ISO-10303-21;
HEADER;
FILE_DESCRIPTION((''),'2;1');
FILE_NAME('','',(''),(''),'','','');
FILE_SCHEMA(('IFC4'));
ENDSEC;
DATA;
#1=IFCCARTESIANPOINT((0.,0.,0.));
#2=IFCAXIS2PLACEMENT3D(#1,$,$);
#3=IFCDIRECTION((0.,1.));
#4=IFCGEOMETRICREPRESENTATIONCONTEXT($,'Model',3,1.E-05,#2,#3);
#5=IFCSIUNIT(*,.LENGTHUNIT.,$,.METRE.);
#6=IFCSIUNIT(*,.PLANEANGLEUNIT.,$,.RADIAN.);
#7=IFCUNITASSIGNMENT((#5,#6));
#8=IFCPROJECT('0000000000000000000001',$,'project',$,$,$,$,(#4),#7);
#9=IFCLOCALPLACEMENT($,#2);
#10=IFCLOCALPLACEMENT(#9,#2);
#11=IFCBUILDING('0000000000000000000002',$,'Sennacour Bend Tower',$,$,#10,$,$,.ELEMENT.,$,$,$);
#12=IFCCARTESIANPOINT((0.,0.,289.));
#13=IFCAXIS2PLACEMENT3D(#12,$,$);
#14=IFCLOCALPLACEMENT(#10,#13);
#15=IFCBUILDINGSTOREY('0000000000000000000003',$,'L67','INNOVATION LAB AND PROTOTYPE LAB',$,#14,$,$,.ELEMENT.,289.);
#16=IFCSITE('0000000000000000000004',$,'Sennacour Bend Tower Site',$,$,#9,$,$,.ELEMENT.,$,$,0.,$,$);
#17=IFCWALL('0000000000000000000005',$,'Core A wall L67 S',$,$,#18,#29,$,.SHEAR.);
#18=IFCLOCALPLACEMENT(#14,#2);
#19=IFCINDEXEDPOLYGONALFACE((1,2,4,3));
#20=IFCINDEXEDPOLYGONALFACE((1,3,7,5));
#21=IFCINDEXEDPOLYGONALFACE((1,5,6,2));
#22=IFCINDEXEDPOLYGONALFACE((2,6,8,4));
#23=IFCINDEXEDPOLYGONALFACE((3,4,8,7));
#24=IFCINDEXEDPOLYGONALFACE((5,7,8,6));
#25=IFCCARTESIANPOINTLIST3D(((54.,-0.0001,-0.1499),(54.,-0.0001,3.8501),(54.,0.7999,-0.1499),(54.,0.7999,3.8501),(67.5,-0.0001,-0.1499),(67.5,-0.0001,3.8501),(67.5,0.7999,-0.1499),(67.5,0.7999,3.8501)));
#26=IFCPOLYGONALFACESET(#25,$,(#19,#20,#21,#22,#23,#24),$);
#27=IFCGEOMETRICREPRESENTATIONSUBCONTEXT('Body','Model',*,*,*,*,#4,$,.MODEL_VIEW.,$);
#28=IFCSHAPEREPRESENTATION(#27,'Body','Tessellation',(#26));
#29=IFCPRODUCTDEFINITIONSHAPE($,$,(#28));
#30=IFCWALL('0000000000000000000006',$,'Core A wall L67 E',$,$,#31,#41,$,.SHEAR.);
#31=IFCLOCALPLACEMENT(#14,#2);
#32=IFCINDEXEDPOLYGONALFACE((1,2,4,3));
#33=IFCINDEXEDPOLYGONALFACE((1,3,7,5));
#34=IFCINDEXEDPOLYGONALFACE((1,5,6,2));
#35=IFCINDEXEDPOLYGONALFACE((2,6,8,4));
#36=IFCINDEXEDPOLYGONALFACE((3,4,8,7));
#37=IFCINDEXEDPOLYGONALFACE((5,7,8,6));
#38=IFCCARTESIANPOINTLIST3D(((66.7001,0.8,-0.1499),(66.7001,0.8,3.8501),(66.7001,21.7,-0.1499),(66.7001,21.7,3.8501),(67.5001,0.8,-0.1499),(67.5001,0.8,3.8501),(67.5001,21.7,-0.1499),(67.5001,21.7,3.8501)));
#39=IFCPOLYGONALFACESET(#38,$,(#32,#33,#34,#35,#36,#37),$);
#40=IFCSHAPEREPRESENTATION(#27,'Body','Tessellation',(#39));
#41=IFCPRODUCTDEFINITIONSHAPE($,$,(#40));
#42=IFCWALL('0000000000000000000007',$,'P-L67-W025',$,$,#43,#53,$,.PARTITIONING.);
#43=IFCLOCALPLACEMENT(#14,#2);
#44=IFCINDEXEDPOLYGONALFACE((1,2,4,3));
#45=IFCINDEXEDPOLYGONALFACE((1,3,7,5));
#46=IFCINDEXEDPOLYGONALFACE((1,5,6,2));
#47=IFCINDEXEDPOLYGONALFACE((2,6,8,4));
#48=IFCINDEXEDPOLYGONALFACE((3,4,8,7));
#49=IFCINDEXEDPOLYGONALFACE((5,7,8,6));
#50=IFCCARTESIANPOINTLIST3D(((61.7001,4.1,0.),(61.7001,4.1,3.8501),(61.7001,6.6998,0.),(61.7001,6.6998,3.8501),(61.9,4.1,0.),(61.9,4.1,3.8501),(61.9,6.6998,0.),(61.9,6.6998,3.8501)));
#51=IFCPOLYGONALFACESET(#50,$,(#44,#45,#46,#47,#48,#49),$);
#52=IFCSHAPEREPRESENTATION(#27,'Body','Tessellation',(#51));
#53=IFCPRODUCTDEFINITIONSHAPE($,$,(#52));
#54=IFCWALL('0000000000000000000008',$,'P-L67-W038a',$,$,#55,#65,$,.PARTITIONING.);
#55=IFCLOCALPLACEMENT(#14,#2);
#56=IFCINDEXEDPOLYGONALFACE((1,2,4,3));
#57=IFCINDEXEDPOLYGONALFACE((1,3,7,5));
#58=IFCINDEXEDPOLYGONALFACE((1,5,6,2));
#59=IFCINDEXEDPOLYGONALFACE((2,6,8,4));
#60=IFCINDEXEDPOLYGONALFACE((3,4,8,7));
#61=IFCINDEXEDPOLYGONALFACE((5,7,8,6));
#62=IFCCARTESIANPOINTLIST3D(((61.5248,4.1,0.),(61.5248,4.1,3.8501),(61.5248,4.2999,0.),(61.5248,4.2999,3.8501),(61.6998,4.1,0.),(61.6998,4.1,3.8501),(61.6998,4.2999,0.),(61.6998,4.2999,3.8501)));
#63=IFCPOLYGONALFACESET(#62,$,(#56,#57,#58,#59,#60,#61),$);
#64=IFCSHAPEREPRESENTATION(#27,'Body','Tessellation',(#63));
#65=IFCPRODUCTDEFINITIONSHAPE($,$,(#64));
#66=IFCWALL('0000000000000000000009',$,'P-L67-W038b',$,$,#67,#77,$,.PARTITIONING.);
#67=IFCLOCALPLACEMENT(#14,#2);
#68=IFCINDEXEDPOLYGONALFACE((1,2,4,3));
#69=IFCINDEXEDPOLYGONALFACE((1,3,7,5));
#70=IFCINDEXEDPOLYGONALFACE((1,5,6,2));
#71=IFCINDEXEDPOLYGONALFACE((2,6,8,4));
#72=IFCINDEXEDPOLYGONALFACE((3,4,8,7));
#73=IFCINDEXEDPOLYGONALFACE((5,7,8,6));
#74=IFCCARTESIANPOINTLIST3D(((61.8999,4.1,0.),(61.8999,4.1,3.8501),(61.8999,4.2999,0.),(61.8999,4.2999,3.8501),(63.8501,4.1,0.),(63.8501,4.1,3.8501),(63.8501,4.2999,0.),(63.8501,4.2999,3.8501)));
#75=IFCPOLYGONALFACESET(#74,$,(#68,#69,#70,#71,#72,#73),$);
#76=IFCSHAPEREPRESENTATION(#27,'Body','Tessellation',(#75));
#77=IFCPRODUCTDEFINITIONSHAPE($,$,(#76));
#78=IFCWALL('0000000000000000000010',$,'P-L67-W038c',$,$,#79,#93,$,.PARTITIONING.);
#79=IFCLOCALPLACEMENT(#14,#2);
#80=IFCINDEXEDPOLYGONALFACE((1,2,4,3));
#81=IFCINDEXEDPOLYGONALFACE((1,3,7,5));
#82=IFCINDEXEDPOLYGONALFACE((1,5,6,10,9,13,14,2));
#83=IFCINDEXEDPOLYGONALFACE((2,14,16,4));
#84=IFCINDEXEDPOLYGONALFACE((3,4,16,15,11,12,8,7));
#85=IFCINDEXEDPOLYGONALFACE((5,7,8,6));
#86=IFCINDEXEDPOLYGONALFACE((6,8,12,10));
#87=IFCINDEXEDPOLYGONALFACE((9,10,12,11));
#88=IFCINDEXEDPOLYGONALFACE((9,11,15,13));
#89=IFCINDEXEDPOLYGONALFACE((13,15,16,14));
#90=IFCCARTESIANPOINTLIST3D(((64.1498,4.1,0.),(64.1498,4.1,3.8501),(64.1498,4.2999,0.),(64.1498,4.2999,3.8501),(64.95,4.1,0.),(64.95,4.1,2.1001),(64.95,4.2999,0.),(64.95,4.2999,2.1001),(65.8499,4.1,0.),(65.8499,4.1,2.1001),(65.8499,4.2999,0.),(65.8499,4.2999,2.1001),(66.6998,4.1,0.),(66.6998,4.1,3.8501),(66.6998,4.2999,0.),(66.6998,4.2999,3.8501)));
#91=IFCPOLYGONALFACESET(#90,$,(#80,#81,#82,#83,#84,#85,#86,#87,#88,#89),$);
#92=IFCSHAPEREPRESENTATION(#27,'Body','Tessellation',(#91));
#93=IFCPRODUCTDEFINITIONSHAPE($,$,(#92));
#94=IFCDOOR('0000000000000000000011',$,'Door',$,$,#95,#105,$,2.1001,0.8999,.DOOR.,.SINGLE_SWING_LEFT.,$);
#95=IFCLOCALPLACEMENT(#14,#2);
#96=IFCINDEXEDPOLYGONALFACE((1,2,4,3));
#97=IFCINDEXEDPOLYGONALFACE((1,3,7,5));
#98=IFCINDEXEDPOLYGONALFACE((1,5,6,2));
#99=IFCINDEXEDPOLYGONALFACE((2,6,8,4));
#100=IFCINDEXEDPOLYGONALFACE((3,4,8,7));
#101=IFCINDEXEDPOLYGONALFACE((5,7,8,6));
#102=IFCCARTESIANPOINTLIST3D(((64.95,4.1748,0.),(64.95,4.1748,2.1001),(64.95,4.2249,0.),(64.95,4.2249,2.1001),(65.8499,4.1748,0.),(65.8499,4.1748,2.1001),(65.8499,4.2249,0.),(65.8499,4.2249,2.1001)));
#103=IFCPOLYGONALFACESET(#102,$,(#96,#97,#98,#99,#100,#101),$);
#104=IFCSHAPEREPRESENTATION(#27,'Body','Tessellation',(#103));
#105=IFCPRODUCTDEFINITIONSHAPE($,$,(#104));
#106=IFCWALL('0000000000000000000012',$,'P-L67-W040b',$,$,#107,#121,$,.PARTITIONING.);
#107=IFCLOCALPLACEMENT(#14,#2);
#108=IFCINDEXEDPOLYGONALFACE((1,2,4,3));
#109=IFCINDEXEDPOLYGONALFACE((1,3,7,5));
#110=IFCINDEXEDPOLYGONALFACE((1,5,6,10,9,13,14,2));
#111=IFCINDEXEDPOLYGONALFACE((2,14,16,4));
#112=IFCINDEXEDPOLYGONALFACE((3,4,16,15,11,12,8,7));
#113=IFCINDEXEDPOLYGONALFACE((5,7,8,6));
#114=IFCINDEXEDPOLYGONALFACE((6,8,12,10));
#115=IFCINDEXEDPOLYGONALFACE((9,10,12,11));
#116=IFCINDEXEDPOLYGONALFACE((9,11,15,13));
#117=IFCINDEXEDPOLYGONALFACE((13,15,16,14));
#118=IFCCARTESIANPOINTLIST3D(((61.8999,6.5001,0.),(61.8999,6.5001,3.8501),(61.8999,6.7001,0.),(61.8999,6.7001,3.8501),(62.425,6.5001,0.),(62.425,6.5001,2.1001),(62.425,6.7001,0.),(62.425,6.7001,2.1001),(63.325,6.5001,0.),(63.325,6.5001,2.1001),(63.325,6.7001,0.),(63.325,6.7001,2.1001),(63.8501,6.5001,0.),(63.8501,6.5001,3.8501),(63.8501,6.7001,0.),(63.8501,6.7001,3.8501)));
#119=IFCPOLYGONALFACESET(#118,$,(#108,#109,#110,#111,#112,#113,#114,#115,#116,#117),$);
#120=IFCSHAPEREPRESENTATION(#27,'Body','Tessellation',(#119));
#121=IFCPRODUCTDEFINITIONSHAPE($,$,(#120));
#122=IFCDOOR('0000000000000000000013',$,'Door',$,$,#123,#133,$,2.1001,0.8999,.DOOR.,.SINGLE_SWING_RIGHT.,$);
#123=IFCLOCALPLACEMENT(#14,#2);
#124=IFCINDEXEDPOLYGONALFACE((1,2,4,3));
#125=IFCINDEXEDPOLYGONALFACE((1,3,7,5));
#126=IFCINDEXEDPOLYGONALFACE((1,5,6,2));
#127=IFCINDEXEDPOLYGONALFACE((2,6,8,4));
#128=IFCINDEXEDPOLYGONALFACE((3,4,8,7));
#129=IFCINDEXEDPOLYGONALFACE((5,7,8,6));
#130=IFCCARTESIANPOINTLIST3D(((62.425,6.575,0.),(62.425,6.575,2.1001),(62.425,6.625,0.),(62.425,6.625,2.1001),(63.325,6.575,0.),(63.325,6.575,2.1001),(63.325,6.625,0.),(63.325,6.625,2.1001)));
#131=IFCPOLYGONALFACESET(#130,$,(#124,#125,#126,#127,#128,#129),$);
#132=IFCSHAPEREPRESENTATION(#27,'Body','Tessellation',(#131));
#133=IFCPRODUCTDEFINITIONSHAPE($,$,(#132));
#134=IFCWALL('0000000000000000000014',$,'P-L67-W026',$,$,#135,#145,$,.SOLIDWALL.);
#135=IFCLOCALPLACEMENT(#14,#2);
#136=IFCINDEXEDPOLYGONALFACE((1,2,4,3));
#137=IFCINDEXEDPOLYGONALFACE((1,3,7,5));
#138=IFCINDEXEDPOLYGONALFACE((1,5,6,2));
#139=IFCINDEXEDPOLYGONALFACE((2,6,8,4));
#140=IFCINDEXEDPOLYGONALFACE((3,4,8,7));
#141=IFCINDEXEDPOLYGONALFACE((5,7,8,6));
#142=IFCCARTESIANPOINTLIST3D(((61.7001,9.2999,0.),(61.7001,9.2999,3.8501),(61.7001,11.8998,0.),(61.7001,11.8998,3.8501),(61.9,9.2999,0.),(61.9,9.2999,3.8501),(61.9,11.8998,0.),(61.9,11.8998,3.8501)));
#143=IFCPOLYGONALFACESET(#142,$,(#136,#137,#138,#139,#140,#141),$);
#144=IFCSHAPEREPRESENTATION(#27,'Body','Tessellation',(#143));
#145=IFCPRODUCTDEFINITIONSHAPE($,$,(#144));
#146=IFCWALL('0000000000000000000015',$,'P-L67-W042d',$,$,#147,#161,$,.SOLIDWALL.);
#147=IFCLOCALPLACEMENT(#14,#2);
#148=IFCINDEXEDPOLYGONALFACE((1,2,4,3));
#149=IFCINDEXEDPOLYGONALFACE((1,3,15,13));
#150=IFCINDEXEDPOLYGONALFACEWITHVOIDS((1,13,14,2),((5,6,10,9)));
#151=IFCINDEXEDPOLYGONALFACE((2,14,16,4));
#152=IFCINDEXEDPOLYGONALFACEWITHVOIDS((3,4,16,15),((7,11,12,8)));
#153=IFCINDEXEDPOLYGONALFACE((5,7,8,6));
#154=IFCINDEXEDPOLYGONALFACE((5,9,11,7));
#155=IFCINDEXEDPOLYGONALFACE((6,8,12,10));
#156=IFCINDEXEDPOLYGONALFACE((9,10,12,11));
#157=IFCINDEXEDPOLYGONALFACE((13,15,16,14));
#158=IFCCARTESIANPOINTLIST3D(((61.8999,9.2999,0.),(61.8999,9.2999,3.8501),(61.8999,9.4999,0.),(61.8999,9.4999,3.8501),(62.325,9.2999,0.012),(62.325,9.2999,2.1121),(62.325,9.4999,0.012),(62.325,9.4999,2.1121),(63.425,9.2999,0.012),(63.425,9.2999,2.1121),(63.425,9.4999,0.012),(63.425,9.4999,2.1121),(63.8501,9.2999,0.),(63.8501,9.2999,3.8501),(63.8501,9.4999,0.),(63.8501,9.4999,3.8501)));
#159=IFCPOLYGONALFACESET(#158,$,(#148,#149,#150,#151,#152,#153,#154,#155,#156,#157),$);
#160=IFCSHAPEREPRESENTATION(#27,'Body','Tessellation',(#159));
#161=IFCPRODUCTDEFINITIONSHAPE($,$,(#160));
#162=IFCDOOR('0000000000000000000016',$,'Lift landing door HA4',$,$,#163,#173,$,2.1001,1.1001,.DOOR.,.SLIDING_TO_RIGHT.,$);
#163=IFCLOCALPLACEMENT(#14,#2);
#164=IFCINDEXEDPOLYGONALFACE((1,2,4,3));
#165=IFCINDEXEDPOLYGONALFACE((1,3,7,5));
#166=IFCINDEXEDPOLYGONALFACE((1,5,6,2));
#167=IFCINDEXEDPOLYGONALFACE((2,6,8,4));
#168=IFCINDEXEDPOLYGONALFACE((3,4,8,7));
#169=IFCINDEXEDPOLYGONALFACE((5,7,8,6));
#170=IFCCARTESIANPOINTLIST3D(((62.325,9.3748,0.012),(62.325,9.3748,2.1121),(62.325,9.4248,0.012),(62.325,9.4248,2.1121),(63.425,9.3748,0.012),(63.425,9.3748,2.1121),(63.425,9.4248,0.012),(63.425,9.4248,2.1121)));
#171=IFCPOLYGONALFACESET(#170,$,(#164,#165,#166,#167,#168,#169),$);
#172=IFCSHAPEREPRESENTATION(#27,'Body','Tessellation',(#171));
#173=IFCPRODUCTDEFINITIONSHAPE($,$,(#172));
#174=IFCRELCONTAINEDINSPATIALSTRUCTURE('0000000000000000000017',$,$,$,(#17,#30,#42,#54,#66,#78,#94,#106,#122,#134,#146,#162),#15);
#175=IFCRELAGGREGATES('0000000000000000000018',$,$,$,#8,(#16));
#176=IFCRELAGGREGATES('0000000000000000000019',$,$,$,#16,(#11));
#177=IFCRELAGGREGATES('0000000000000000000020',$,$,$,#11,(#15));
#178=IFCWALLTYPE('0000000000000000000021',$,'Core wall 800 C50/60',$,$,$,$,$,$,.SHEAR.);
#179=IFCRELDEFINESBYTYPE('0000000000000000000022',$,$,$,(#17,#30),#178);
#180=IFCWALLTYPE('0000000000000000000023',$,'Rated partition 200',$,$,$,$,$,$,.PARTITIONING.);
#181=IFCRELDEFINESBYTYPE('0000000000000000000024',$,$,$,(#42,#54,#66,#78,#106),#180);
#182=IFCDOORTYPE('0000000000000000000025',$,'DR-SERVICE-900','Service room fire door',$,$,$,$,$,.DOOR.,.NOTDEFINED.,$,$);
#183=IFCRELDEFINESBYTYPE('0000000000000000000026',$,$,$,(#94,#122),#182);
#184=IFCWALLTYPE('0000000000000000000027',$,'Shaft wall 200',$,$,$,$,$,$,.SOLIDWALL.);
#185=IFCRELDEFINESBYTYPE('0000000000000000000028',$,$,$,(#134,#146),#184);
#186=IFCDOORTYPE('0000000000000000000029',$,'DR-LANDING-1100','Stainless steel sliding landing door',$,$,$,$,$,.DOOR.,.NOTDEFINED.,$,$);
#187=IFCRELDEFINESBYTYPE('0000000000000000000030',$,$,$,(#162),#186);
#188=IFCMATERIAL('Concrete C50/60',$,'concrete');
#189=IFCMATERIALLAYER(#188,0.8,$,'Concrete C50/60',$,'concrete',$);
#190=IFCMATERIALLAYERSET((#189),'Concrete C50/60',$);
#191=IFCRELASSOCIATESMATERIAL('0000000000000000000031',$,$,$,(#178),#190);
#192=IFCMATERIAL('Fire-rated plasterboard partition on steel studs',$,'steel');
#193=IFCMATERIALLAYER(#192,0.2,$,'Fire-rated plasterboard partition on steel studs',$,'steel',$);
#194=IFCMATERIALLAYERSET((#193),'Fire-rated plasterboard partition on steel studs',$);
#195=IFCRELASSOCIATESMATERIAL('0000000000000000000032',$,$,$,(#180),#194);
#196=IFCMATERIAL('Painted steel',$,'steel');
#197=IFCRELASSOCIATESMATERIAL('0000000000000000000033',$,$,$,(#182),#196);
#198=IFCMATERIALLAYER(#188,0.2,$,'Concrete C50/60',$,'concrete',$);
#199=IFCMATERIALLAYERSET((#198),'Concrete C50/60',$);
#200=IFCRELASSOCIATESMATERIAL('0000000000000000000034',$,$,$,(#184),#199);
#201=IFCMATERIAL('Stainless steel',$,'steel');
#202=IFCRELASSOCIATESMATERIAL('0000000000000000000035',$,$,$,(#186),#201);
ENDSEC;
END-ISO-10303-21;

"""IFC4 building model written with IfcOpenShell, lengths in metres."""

from ifc_helpers import new_model, si_unit, direction, frame, frame_2d, origin, place, context, subcontext, project, spatial, rectangle, extrude, material, layer, layer_set, type_object, element, fill, save


model = new_model("IFC4")

# Units and contexts
model_context = context("Model", 3, precision=1e-05, world=origin(), true_north=direction((0.0, 1.0)))
body_context = subcontext(model_context, "Body", "Model", "MODEL_VIEW")
ifc_project = project(units=[si_unit("LENGTHUNIT", "METRE"), si_unit("PLANEANGLEUNIT", "RADIAN")], contexts=[model_context])

# Site, building, storey
site_placement = place(None, origin())
site = spatial("IfcSite", under=ifc_project, at=site_placement, Name="Sennacour Bend Tower Site", CompositionType="ELEMENT", RefElevation=0.0)
building_placement = place(site_placement, origin())
building = spatial("IfcBuilding", under=site, at=building_placement, Name="Sennacour Bend Tower", CompositionType="ELEMENT")
storey_placement = place(building_placement, frame((0.0, 0.0, 289.0)))
storey = spatial("IfcBuildingStorey", under=building, at=storey_placement, Name="L67", Description="INNOVATION LAB AND PROTOTYPE LAB", CompositionType="ELEMENT", Elevation=289.0)

# Walls
ifc_material_1 = material(Name="Concrete C50/60", Category="concrete")
ifc_layer_1 = layer(ifc_material_1, 0.8, Name="Concrete C50/60", Category="concrete")
ifc_layer_set_1 = layer_set([ifc_layer_1], Name="Concrete C50/60")
wall_type_1 = type_object("IfcWallType", Name="Core wall 800 C50/60", PredefinedType="SHEAR", material=ifc_layer_set_1)
wall_1_placement = place(storey_placement, frame((67.5, 0.3999, -0.1499), z_axis=(0.0, 0.0, 1.0), x_axis=(-1.0, 0.0, 0.0)))
element("IfcWall", 1, at=wall_1_placement, inside=storey, type_object=wall_type_1, Name="Core A wall L67 S", PredefinedType="SHEAR", context=body_context, shape_type="SweptSolid", body=[
    extrude(rectangle(XDim=13.5, YDim=0.8, at=frame_2d((6.75, 0.0))), origin(), (0.0, 0.0, 1.0), 4.0),
])
wall_2_placement = place(storey_placement, frame((67.1001, 0.8, -0.1499), z_axis=(0.0, 0.0, 1.0), x_axis=(0.0, 1.0, 0.0)))
element("IfcWall", 2, at=wall_2_placement, inside=storey, type_object=wall_type_1, Name="Core A wall L67 E", PredefinedType="SHEAR", context=body_context, shape_type="SweptSolid", body=[
    extrude(rectangle(XDim=20.8999, YDim=0.8, at=frame_2d((10.45, 0.0))), origin(), (0.0, 0.0, 1.0), 4.0),
])
ifc_material_2 = material(Name="Fire-rated plasterboard partition on steel studs", Category="steel")
ifc_layer_2 = layer(ifc_material_2, 0.2, Name="Fire-rated plasterboard partition on steel studs", Category="steel")
ifc_layer_set_2 = layer_set([ifc_layer_2], Name="Fire-rated plasterboard partition on steel studs")
wall_type_2 = type_object("IfcWallType", Name="Rated partition 200", PredefinedType="PARTITIONING", material=ifc_layer_set_2)
wall_3_placement = place(storey_placement, frame((61.8, 4.1001, 0.0), z_axis=(0.0, 0.0, 1.0), x_axis=(0.0, 1.0, 0.0)))
element("IfcWall", 3, at=wall_3_placement, inside=storey, type_object=wall_type_2, Name="P-L67-W025", PredefinedType="PARTITIONING", context=body_context, shape_type="SweptSolid", body=[
    extrude(rectangle(XDim=2.5999, YDim=0.2, at=frame_2d((1.2998, 0.0))), origin(), (0.0, 0.0, 1.0), 3.8501),
])
wall_4_placement = place(storey_placement, frame((61.5249, 4.2, 0.0), z_axis=(0.0, 0.0, 1.0), x_axis=(1.0, 0.0, 0.0)))
element("IfcWall", 4, at=wall_4_placement, inside=storey, type_object=wall_type_2, Name="P-L67-W038a", PredefinedType="PARTITIONING", context=body_context, shape_type="SweptSolid", body=[
    extrude(rectangle(XDim=0.175, YDim=0.2, at=frame_2d((0.0874, 0.0))), origin(), (0.0, 0.0, 1.0), 3.8501),
])
wall_5_placement = place(storey_placement, frame((61.8999, 4.2, 0.0), z_axis=(0.0, 0.0, 1.0), x_axis=(1.0, 0.0, 0.0)))
element("IfcWall", 5, at=wall_5_placement, inside=storey, type_object=wall_type_2, Name="P-L67-W038b", PredefinedType="PARTITIONING", context=body_context, shape_type="SweptSolid", body=[
    extrude(rectangle(XDim=1.9502, YDim=0.2, at=frame_2d((0.9751, 0.0))), origin(), (0.0, 0.0, 1.0), 3.8501),
])

# Walls, openings, doors
wall_6_placement = place(storey_placement, frame((64.1499, 4.2, 0.0), z_axis=(0.0, 0.0, 1.0), x_axis=(1.0, 0.0, 0.0)))
wall_6 = element("IfcWall", 6, at=wall_6_placement, inside=storey, type_object=wall_type_2, Name="P-L67-W038c", PredefinedType="PARTITIONING", context=body_context, shape_type="SweptSolid", body=[
    extrude(rectangle(XDim=2.55, YDim=0.2, at=frame_2d((1.2749, 0.0))), origin(), (0.0, 0.0, 1.0), 3.8501),
])
opening_1_placement = place(wall_6_placement, frame((0.8, 0.0, 0.0)))
opening_1 = element("IfcOpeningElement", 7, at=opening_1_placement, cuts=wall_6, PredefinedType="OPENING", context=body_context, shape_type="SweptSolid", body=[
    extrude(rectangle(XDim=0.8999, YDim=2.1001, at=frame_2d((0.45, 1.05))), frame((0.0, 0.1099, 0.0), z_axis=(0.0, -1.0, 0.0), x_axis=(1.0, 0.0, 0.0)), (0.0, 0.0, 1.0), 0.22),
])
ifc_material_3 = material(Name="Painted steel", Category="steel")
door_type_1 = type_object("IfcDoorType", Name="DR-SERVICE-900", Description="Service room fire door", OperationType="NOTDEFINED", PredefinedType="DOOR", material=ifc_material_3)
door_1_placement = place(opening_1_placement, origin())
door_1 = element("IfcDoor", 8, at=door_1_placement, inside=storey, type_object=door_type_1, Name="Door", OperationType="SINGLE_SWING_LEFT", OverallHeight=2.1001, OverallWidth=0.8999, PredefinedType="DOOR", context=body_context, shape_type="SweptSolid", body=[
    extrude(rectangle(XDim=0.8999, YDim=2.1001, at=frame_2d((0.45, 1.05))), frame((0.0, 0.0249, 0.0), z_axis=(0.0, -1.0, 0.0), x_axis=(1.0, 0.0, 0.0)), (0.0, 0.0, 1.0), 0.05),
])
fill(opening_1, door_1)
wall_7_placement = place(storey_placement, frame((61.8999, 6.6001, 0.0), z_axis=(0.0, 0.0, 1.0), x_axis=(1.0, 0.0, 0.0)))
wall_7 = element("IfcWall", 9, at=wall_7_placement, inside=storey, type_object=wall_type_2, Name="P-L67-W040b", PredefinedType="PARTITIONING", context=body_context, shape_type="SweptSolid", body=[
    extrude(rectangle(XDim=1.9502, YDim=0.2, at=frame_2d((0.9751, 0.0))), origin(), (0.0, 0.0, 1.0), 3.8501),
])
opening_2_placement = place(wall_7_placement, frame((0.5251, 0.0, 0.0)))
opening_2 = element("IfcOpeningElement", 10, at=opening_2_placement, cuts=wall_7, PredefinedType="OPENING", context=body_context, shape_type="SweptSolid", body=[
    extrude(rectangle(XDim=0.8999, YDim=2.1001, at=frame_2d((0.45, 1.05))), frame((0.0, 0.1099, 0.0), z_axis=(0.0, -1.0, 0.0), x_axis=(1.0, 0.0, 0.0)), (0.0, 0.0, 1.0), 0.22),
])
door_2_placement = place(opening_2_placement, origin())
door_2 = element("IfcDoor", 11, at=door_2_placement, inside=storey, type_object=door_type_1, Name="Door", OperationType="SINGLE_SWING_RIGHT", OverallHeight=2.1001, OverallWidth=0.8999, PredefinedType="DOOR", context=body_context, shape_type="SweptSolid", body=[
    extrude(rectangle(XDim=0.8999, YDim=2.1001, at=frame_2d((0.45, 1.05))), frame((0.0, 0.0249, 0.0), z_axis=(0.0, -1.0, 0.0), x_axis=(1.0, 0.0, 0.0)), (0.0, 0.0, 1.0), 0.05),
])
fill(opening_2, door_2)

# Wall
ifc_layer_3 = layer(ifc_material_1, 0.2, Name="Concrete C50/60", Category="concrete")
ifc_layer_set_3 = layer_set([ifc_layer_3], Name="Concrete C50/60")
wall_type_3 = type_object("IfcWallType", Name="Shaft wall 200", PredefinedType="SOLIDWALL", material=ifc_layer_set_3)
wall_8_placement = place(storey_placement, frame((61.8, 9.3, 0.0), z_axis=(0.0, 0.0, 1.0), x_axis=(0.0, 1.0, 0.0)))
element("IfcWall", 12, at=wall_8_placement, inside=storey, type_object=wall_type_3, Name="P-L67-W026", PredefinedType="SOLIDWALL", context=body_context, shape_type="SweptSolid", body=[
    extrude(rectangle(XDim=2.5999, YDim=0.2, at=frame_2d((1.2998, 0.0))), origin(), (0.0, 0.0, 1.0), 3.8501),
])

# Wall, opening, door
wall_9_placement = place(storey_placement, frame((61.8999, 9.3999, 0.0), z_axis=(0.0, 0.0, 1.0), x_axis=(1.0, 0.0, 0.0)))
wall_9 = element("IfcWall", 13, at=wall_9_placement, inside=storey, type_object=wall_type_3, Name="P-L67-W042d", PredefinedType="SOLIDWALL", context=body_context, shape_type="SweptSolid", body=[
    extrude(rectangle(XDim=1.9502, YDim=0.2, at=frame_2d((0.9751, 0.0))), origin(), (0.0, 0.0, 1.0), 3.8501),
])
opening_3_placement = place(wall_9_placement, frame((0.425, 0.0, 0.012)))
opening_3 = element("IfcOpeningElement", 14, at=opening_3_placement, cuts=wall_9, PredefinedType="OPENING", context=body_context, shape_type="SweptSolid", body=[
    extrude(rectangle(XDim=1.1001, YDim=2.1001, at=frame_2d((0.55, 1.05))), frame((0.0, 0.1099, 0.0), z_axis=(0.0, -1.0, 0.0), x_axis=(1.0, 0.0, 0.0)), (0.0, 0.0, 1.0), 0.22),
])
ifc_material_4 = material(Name="Stainless steel", Category="steel")
door_type_2 = type_object("IfcDoorType", Name="DR-LANDING-1100", Description="Stainless steel sliding landing door", OperationType="NOTDEFINED", PredefinedType="DOOR", material=ifc_material_4)
door_3_placement = place(opening_3_placement, origin())
door_3 = element("IfcDoor", 15, at=door_3_placement, inside=storey, type_object=door_type_2, Name="Lift landing door HA4", OperationType="SLIDING_TO_RIGHT", OverallHeight=2.1001, OverallWidth=1.1001, PredefinedType="DOOR", context=body_context, shape_type="SweptSolid", body=[
    extrude(rectangle(XDim=1.1001, YDim=2.1001, at=frame_2d((0.55, 1.05))), frame((0.0, 0.0249, 0.0), z_axis=(0.0, -1.0, 0.0), x_axis=(1.0, 0.0, 0.0)), (0.0, 0.0, 1.0), 0.05),
])
fill(opening_3, door_3)

save(model, "model.ifc")
